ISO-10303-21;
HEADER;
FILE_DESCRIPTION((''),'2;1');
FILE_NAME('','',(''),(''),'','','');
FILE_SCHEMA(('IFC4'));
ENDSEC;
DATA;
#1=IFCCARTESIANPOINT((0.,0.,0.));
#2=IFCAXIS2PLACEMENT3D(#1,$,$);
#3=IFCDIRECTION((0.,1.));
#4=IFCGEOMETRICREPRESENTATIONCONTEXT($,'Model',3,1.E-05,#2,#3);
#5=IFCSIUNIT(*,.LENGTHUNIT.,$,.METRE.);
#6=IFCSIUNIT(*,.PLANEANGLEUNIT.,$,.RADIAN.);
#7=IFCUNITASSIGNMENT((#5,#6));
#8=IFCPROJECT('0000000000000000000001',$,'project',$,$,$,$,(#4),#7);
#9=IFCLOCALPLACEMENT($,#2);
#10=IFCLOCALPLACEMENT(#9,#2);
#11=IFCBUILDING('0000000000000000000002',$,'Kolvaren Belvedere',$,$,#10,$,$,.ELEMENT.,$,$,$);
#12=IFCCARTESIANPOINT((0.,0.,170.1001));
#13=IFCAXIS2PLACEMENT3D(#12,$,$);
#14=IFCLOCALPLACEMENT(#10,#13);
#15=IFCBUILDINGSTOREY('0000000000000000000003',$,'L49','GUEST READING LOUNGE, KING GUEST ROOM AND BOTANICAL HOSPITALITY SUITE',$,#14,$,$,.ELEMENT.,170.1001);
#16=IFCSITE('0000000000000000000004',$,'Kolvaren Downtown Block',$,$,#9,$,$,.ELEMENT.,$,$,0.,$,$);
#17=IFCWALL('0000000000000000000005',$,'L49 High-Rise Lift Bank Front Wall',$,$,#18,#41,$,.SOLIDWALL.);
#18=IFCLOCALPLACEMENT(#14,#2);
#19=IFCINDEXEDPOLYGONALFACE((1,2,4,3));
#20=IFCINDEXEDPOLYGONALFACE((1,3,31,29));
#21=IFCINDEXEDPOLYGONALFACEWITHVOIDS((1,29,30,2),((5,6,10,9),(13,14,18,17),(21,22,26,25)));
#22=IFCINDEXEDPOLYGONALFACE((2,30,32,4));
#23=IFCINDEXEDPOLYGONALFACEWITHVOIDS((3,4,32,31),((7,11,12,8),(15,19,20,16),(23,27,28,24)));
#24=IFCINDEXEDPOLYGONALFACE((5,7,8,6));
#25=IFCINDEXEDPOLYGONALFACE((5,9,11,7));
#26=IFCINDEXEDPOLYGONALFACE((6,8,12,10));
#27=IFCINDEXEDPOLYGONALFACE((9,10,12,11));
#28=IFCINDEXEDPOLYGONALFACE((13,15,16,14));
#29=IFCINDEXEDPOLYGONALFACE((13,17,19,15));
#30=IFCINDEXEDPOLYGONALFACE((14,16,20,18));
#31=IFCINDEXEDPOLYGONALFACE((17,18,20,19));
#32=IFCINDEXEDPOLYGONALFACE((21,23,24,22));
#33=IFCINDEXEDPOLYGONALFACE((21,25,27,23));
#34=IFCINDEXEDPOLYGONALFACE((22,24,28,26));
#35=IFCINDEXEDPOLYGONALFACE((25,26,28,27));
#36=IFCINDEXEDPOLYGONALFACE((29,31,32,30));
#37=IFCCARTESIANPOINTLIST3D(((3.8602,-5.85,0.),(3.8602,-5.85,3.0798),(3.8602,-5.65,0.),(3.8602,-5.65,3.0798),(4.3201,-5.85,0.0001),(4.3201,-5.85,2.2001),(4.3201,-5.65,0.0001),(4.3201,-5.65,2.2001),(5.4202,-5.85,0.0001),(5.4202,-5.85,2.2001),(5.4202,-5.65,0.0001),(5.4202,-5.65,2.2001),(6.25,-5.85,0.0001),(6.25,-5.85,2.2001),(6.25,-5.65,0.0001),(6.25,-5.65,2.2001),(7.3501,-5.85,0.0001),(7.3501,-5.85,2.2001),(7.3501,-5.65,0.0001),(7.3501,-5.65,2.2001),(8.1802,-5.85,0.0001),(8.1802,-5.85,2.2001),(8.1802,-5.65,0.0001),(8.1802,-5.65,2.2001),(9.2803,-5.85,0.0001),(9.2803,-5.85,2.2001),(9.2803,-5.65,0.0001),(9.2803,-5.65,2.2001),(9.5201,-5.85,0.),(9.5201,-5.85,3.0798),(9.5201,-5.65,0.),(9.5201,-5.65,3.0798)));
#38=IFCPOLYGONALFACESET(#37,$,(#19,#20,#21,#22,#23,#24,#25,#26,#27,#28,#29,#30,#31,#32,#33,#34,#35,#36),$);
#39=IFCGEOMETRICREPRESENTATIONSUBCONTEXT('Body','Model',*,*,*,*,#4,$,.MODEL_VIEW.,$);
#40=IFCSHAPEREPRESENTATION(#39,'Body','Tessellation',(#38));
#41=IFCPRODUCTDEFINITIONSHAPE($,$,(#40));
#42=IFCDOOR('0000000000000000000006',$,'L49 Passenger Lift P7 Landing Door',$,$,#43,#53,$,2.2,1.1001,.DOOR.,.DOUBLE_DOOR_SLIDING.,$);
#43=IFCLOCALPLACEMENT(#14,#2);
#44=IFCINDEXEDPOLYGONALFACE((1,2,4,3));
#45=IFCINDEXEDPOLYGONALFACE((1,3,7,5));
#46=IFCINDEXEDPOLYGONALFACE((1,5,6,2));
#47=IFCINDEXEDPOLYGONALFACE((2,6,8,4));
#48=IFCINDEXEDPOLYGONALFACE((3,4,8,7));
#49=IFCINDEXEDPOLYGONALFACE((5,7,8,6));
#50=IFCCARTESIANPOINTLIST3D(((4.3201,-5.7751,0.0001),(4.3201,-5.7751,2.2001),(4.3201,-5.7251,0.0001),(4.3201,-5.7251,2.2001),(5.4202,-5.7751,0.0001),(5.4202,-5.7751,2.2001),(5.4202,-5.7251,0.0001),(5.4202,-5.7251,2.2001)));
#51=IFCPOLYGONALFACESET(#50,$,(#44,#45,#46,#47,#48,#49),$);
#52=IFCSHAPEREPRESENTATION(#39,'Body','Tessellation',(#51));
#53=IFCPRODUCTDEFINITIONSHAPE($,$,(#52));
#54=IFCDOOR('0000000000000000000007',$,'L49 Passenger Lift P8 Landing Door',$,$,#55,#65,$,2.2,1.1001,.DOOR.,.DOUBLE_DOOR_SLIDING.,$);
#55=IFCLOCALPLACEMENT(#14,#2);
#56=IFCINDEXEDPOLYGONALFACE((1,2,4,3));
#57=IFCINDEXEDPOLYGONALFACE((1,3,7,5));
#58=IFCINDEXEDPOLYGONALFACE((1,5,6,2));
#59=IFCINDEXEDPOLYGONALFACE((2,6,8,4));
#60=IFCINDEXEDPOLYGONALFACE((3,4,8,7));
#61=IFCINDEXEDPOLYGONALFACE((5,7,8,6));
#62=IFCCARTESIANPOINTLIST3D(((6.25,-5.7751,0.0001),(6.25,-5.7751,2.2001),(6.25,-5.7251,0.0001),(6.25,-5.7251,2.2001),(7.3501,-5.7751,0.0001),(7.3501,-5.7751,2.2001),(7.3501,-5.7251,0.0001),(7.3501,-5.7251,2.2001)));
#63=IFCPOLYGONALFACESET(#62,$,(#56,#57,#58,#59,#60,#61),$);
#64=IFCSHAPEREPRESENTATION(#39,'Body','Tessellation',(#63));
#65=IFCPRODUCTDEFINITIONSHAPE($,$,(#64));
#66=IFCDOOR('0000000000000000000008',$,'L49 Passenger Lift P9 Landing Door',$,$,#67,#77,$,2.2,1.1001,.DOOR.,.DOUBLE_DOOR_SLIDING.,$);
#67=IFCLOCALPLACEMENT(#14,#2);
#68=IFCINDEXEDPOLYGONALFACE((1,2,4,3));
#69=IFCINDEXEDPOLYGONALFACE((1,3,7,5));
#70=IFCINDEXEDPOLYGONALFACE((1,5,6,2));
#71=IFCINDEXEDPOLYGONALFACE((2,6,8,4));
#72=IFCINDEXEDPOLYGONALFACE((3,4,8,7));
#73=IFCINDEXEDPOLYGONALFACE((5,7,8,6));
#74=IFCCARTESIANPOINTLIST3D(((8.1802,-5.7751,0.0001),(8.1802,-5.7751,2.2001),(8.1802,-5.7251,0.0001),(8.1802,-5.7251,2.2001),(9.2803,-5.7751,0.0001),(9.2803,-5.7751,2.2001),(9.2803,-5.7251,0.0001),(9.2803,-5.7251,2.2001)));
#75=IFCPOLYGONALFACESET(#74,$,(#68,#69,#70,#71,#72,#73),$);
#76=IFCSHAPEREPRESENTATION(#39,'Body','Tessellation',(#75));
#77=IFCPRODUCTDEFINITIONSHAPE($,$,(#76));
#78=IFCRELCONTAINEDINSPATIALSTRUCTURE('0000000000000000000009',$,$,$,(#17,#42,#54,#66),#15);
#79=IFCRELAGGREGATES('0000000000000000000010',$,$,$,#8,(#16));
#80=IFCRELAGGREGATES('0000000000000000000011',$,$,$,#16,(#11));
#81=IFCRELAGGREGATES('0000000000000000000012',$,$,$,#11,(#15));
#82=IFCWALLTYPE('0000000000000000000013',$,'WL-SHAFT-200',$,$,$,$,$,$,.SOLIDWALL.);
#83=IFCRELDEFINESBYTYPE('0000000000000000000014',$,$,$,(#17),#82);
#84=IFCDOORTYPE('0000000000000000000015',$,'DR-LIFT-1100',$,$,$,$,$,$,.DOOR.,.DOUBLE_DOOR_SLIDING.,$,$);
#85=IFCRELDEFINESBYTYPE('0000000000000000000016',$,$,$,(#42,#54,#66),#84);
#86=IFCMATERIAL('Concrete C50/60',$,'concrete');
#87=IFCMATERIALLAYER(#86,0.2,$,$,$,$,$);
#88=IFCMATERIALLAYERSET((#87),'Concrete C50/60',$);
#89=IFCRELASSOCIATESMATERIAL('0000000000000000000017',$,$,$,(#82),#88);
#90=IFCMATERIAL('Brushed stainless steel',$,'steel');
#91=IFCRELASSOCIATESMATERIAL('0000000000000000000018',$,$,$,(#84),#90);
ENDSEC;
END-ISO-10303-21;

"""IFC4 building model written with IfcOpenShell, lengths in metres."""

from ifc_helpers import new_model, si_unit, direction, frame, frame_2d, origin, place, context, subcontext, project, spatial, rectangle, extrude, material, layer, layer_set, type_object, element, fill, save


model = new_model("IFC4")

# Units and contexts
model_context = context("Model", 3, precision=1e-05, world=origin(), true_north=direction((0.0, 1.0)))
body_context = subcontext(model_context, "Body", "Model", "MODEL_VIEW")
ifc_project = project(units=[si_unit("LENGTHUNIT", "METRE"), si_unit("PLANEANGLEUNIT", "RADIAN")], contexts=[model_context])

# Site, building, storey
site_placement = place(None, origin())
site = spatial("IfcSite", under=ifc_project, at=site_placement, Name="Kolvaren Downtown Block", CompositionType="ELEMENT", RefElevation=0.0)
building_placement = place(site_placement, origin())
building = spatial("IfcBuilding", under=site, at=building_placement, Name="Kolvaren Belvedere", CompositionType="ELEMENT")
storey_placement = place(building_placement, frame((0.0, 0.0, 170.1001)))
storey = spatial("IfcBuildingStorey", under=building, at=storey_placement, Name="L49", Description="GUEST READING LOUNGE, KING GUEST ROOM AND BOTANICAL HOSPITALITY SUITE", CompositionType="ELEMENT", Elevation=170.1001)

# Shared definitions
ifc_material_1 = material(Name="Concrete C50/60", Category="concrete")
ifc_layer_1 = layer(ifc_material_1, 0.2)
ifc_layer_set_1 = layer_set([ifc_layer_1], Name="Concrete C50/60")
wall_type_1 = type_object("IfcWallType", Name="WL-SHAFT-200", PredefinedType="SOLIDWALL", material=ifc_layer_set_1)
ifc_material_2 = material(Name="Brushed stainless steel", Category="steel")
door_type_1 = type_object("IfcDoorType", Name="DR-LIFT-1100", OperationType="DOUBLE_DOOR_SLIDING", PredefinedType="DOOR", material=ifc_material_2)

# Wall, openings, doors
wall_1_placement = place(storey_placement, frame((3.8601, -5.75, 0.0), z_axis=(0.0, 0.0, 1.0), x_axis=(1.0, 0.0, 0.0)))
wall_1 = element("IfcWall", 1, at=wall_1_placement, inside=storey, type_object=wall_type_1, Name="L49 High-Rise Lift Bank Front Wall", PredefinedType="SOLIDWALL", context=body_context, shape_type="SweptSolid", body=[
    extrude(rectangle(XDim=5.6599, YDim=0.2, at=frame_2d((2.8301, 0.0))), origin(), (0.0, 0.0, 1.0), 3.0798),
])
opening_1_placement = place(wall_1_placement, frame((0.46, 0.0, 0.0)))
opening_1 = element("IfcOpeningElement", 2, at=opening_1_placement, cuts=wall_1, PredefinedType="OPENING", context=body_context, shape_type="SweptSolid", body=[
    extrude(rectangle(XDim=1.1001, YDim=2.2, at=frame_2d((0.55, 1.1001))), frame((0.0, 0.1099, 0.0), z_axis=(0.0, -1.0, 0.0), x_axis=(1.0, 0.0, 0.0)), (0.0, 0.0, 1.0), 0.22),
])
opening_2_placement = place(wall_1_placement, frame((2.3899, 0.0, 0.0)))
opening_2 = element("IfcOpeningElement", 3, at=opening_2_placement, cuts=wall_1, PredefinedType="OPENING", context=body_context, shape_type="SweptSolid", body=[
    extrude(rectangle(XDim=1.1001, YDim=2.2, at=frame_2d((0.55, 1.1001))), frame((0.0, 0.1099, 0.0), z_axis=(0.0, -1.0, 0.0), x_axis=(1.0, 0.0, 0.0)), (0.0, 0.0, 1.0), 0.22),
])
opening_3_placement = place(wall_1_placement, frame((4.3201, 0.0, 0.0)))
opening_3 = element("IfcOpeningElement", 4, at=opening_3_placement, cuts=wall_1, PredefinedType="OPENING", context=body_context, shape_type="SweptSolid", body=[
    extrude(rectangle(XDim=1.1001, YDim=2.2, at=frame_2d((0.55, 1.1001))), frame((0.0, 0.1099, 0.0), z_axis=(0.0, -1.0, 0.0), x_axis=(1.0, 0.0, 0.0)), (0.0, 0.0, 1.0), 0.22),
])
door_1_placement = place(opening_1_placement, origin())
door_1 = element("IfcDoor", 5, at=door_1_placement, inside=storey, type_object=door_type_1, Name="L49 Passenger Lift P7 Landing Door", OperationType="DOUBLE_DOOR_SLIDING", OverallHeight=2.2, OverallWidth=1.1001, PredefinedType="DOOR", context=body_context, shape_type="SweptSolid", body=[
    extrude(rectangle(XDim=1.1001, YDim=2.2, at=frame_2d((0.55, 1.1001))), frame((0.0, 0.0249, 0.0), z_axis=(0.0, -1.0, 0.0), x_axis=(1.0, 0.0, 0.0)), (0.0, 0.0, 1.0), 0.05),
])
fill(opening_1, door_1)
door_2_placement = place(opening_2_placement, origin())
door_2 = element("IfcDoor", 6, at=door_2_placement, inside=storey, type_object=door_type_1, Name="L49 Passenger Lift P8 Landing Door", OperationType="DOUBLE_DOOR_SLIDING", OverallHeight=2.2, OverallWidth=1.1001, PredefinedType="DOOR", context=body_context, shape_type="SweptSolid", body=[
    extrude(rectangle(XDim=1.1001, YDim=2.2, at=frame_2d((0.55, 1.1001))), frame((0.0, 0.0249, 0.0), z_axis=(0.0, -1.0, 0.0), x_axis=(1.0, 0.0, 0.0)), (0.0, 0.0, 1.0), 0.05),
])
fill(opening_2, door_2)
door_3_placement = place(opening_3_placement, origin())
door_3 = element("IfcDoor", 7, at=door_3_placement, inside=storey, type_object=door_type_1, Name="L49 Passenger Lift P9 Landing Door", OperationType="DOUBLE_DOOR_SLIDING", OverallHeight=2.2, OverallWidth=1.1001, PredefinedType="DOOR", context=body_context, shape_type="SweptSolid", body=[
    extrude(rectangle(XDim=1.1001, YDim=2.2, at=frame_2d((0.55, 1.1001))), frame((0.0, 0.0249, 0.0), z_axis=(0.0, -1.0, 0.0), x_axis=(1.0, 0.0, 0.0)), (0.0, 0.0, 1.0), 0.05),
])
fill(opening_3, door_3)

save(model, "model.ifc")
